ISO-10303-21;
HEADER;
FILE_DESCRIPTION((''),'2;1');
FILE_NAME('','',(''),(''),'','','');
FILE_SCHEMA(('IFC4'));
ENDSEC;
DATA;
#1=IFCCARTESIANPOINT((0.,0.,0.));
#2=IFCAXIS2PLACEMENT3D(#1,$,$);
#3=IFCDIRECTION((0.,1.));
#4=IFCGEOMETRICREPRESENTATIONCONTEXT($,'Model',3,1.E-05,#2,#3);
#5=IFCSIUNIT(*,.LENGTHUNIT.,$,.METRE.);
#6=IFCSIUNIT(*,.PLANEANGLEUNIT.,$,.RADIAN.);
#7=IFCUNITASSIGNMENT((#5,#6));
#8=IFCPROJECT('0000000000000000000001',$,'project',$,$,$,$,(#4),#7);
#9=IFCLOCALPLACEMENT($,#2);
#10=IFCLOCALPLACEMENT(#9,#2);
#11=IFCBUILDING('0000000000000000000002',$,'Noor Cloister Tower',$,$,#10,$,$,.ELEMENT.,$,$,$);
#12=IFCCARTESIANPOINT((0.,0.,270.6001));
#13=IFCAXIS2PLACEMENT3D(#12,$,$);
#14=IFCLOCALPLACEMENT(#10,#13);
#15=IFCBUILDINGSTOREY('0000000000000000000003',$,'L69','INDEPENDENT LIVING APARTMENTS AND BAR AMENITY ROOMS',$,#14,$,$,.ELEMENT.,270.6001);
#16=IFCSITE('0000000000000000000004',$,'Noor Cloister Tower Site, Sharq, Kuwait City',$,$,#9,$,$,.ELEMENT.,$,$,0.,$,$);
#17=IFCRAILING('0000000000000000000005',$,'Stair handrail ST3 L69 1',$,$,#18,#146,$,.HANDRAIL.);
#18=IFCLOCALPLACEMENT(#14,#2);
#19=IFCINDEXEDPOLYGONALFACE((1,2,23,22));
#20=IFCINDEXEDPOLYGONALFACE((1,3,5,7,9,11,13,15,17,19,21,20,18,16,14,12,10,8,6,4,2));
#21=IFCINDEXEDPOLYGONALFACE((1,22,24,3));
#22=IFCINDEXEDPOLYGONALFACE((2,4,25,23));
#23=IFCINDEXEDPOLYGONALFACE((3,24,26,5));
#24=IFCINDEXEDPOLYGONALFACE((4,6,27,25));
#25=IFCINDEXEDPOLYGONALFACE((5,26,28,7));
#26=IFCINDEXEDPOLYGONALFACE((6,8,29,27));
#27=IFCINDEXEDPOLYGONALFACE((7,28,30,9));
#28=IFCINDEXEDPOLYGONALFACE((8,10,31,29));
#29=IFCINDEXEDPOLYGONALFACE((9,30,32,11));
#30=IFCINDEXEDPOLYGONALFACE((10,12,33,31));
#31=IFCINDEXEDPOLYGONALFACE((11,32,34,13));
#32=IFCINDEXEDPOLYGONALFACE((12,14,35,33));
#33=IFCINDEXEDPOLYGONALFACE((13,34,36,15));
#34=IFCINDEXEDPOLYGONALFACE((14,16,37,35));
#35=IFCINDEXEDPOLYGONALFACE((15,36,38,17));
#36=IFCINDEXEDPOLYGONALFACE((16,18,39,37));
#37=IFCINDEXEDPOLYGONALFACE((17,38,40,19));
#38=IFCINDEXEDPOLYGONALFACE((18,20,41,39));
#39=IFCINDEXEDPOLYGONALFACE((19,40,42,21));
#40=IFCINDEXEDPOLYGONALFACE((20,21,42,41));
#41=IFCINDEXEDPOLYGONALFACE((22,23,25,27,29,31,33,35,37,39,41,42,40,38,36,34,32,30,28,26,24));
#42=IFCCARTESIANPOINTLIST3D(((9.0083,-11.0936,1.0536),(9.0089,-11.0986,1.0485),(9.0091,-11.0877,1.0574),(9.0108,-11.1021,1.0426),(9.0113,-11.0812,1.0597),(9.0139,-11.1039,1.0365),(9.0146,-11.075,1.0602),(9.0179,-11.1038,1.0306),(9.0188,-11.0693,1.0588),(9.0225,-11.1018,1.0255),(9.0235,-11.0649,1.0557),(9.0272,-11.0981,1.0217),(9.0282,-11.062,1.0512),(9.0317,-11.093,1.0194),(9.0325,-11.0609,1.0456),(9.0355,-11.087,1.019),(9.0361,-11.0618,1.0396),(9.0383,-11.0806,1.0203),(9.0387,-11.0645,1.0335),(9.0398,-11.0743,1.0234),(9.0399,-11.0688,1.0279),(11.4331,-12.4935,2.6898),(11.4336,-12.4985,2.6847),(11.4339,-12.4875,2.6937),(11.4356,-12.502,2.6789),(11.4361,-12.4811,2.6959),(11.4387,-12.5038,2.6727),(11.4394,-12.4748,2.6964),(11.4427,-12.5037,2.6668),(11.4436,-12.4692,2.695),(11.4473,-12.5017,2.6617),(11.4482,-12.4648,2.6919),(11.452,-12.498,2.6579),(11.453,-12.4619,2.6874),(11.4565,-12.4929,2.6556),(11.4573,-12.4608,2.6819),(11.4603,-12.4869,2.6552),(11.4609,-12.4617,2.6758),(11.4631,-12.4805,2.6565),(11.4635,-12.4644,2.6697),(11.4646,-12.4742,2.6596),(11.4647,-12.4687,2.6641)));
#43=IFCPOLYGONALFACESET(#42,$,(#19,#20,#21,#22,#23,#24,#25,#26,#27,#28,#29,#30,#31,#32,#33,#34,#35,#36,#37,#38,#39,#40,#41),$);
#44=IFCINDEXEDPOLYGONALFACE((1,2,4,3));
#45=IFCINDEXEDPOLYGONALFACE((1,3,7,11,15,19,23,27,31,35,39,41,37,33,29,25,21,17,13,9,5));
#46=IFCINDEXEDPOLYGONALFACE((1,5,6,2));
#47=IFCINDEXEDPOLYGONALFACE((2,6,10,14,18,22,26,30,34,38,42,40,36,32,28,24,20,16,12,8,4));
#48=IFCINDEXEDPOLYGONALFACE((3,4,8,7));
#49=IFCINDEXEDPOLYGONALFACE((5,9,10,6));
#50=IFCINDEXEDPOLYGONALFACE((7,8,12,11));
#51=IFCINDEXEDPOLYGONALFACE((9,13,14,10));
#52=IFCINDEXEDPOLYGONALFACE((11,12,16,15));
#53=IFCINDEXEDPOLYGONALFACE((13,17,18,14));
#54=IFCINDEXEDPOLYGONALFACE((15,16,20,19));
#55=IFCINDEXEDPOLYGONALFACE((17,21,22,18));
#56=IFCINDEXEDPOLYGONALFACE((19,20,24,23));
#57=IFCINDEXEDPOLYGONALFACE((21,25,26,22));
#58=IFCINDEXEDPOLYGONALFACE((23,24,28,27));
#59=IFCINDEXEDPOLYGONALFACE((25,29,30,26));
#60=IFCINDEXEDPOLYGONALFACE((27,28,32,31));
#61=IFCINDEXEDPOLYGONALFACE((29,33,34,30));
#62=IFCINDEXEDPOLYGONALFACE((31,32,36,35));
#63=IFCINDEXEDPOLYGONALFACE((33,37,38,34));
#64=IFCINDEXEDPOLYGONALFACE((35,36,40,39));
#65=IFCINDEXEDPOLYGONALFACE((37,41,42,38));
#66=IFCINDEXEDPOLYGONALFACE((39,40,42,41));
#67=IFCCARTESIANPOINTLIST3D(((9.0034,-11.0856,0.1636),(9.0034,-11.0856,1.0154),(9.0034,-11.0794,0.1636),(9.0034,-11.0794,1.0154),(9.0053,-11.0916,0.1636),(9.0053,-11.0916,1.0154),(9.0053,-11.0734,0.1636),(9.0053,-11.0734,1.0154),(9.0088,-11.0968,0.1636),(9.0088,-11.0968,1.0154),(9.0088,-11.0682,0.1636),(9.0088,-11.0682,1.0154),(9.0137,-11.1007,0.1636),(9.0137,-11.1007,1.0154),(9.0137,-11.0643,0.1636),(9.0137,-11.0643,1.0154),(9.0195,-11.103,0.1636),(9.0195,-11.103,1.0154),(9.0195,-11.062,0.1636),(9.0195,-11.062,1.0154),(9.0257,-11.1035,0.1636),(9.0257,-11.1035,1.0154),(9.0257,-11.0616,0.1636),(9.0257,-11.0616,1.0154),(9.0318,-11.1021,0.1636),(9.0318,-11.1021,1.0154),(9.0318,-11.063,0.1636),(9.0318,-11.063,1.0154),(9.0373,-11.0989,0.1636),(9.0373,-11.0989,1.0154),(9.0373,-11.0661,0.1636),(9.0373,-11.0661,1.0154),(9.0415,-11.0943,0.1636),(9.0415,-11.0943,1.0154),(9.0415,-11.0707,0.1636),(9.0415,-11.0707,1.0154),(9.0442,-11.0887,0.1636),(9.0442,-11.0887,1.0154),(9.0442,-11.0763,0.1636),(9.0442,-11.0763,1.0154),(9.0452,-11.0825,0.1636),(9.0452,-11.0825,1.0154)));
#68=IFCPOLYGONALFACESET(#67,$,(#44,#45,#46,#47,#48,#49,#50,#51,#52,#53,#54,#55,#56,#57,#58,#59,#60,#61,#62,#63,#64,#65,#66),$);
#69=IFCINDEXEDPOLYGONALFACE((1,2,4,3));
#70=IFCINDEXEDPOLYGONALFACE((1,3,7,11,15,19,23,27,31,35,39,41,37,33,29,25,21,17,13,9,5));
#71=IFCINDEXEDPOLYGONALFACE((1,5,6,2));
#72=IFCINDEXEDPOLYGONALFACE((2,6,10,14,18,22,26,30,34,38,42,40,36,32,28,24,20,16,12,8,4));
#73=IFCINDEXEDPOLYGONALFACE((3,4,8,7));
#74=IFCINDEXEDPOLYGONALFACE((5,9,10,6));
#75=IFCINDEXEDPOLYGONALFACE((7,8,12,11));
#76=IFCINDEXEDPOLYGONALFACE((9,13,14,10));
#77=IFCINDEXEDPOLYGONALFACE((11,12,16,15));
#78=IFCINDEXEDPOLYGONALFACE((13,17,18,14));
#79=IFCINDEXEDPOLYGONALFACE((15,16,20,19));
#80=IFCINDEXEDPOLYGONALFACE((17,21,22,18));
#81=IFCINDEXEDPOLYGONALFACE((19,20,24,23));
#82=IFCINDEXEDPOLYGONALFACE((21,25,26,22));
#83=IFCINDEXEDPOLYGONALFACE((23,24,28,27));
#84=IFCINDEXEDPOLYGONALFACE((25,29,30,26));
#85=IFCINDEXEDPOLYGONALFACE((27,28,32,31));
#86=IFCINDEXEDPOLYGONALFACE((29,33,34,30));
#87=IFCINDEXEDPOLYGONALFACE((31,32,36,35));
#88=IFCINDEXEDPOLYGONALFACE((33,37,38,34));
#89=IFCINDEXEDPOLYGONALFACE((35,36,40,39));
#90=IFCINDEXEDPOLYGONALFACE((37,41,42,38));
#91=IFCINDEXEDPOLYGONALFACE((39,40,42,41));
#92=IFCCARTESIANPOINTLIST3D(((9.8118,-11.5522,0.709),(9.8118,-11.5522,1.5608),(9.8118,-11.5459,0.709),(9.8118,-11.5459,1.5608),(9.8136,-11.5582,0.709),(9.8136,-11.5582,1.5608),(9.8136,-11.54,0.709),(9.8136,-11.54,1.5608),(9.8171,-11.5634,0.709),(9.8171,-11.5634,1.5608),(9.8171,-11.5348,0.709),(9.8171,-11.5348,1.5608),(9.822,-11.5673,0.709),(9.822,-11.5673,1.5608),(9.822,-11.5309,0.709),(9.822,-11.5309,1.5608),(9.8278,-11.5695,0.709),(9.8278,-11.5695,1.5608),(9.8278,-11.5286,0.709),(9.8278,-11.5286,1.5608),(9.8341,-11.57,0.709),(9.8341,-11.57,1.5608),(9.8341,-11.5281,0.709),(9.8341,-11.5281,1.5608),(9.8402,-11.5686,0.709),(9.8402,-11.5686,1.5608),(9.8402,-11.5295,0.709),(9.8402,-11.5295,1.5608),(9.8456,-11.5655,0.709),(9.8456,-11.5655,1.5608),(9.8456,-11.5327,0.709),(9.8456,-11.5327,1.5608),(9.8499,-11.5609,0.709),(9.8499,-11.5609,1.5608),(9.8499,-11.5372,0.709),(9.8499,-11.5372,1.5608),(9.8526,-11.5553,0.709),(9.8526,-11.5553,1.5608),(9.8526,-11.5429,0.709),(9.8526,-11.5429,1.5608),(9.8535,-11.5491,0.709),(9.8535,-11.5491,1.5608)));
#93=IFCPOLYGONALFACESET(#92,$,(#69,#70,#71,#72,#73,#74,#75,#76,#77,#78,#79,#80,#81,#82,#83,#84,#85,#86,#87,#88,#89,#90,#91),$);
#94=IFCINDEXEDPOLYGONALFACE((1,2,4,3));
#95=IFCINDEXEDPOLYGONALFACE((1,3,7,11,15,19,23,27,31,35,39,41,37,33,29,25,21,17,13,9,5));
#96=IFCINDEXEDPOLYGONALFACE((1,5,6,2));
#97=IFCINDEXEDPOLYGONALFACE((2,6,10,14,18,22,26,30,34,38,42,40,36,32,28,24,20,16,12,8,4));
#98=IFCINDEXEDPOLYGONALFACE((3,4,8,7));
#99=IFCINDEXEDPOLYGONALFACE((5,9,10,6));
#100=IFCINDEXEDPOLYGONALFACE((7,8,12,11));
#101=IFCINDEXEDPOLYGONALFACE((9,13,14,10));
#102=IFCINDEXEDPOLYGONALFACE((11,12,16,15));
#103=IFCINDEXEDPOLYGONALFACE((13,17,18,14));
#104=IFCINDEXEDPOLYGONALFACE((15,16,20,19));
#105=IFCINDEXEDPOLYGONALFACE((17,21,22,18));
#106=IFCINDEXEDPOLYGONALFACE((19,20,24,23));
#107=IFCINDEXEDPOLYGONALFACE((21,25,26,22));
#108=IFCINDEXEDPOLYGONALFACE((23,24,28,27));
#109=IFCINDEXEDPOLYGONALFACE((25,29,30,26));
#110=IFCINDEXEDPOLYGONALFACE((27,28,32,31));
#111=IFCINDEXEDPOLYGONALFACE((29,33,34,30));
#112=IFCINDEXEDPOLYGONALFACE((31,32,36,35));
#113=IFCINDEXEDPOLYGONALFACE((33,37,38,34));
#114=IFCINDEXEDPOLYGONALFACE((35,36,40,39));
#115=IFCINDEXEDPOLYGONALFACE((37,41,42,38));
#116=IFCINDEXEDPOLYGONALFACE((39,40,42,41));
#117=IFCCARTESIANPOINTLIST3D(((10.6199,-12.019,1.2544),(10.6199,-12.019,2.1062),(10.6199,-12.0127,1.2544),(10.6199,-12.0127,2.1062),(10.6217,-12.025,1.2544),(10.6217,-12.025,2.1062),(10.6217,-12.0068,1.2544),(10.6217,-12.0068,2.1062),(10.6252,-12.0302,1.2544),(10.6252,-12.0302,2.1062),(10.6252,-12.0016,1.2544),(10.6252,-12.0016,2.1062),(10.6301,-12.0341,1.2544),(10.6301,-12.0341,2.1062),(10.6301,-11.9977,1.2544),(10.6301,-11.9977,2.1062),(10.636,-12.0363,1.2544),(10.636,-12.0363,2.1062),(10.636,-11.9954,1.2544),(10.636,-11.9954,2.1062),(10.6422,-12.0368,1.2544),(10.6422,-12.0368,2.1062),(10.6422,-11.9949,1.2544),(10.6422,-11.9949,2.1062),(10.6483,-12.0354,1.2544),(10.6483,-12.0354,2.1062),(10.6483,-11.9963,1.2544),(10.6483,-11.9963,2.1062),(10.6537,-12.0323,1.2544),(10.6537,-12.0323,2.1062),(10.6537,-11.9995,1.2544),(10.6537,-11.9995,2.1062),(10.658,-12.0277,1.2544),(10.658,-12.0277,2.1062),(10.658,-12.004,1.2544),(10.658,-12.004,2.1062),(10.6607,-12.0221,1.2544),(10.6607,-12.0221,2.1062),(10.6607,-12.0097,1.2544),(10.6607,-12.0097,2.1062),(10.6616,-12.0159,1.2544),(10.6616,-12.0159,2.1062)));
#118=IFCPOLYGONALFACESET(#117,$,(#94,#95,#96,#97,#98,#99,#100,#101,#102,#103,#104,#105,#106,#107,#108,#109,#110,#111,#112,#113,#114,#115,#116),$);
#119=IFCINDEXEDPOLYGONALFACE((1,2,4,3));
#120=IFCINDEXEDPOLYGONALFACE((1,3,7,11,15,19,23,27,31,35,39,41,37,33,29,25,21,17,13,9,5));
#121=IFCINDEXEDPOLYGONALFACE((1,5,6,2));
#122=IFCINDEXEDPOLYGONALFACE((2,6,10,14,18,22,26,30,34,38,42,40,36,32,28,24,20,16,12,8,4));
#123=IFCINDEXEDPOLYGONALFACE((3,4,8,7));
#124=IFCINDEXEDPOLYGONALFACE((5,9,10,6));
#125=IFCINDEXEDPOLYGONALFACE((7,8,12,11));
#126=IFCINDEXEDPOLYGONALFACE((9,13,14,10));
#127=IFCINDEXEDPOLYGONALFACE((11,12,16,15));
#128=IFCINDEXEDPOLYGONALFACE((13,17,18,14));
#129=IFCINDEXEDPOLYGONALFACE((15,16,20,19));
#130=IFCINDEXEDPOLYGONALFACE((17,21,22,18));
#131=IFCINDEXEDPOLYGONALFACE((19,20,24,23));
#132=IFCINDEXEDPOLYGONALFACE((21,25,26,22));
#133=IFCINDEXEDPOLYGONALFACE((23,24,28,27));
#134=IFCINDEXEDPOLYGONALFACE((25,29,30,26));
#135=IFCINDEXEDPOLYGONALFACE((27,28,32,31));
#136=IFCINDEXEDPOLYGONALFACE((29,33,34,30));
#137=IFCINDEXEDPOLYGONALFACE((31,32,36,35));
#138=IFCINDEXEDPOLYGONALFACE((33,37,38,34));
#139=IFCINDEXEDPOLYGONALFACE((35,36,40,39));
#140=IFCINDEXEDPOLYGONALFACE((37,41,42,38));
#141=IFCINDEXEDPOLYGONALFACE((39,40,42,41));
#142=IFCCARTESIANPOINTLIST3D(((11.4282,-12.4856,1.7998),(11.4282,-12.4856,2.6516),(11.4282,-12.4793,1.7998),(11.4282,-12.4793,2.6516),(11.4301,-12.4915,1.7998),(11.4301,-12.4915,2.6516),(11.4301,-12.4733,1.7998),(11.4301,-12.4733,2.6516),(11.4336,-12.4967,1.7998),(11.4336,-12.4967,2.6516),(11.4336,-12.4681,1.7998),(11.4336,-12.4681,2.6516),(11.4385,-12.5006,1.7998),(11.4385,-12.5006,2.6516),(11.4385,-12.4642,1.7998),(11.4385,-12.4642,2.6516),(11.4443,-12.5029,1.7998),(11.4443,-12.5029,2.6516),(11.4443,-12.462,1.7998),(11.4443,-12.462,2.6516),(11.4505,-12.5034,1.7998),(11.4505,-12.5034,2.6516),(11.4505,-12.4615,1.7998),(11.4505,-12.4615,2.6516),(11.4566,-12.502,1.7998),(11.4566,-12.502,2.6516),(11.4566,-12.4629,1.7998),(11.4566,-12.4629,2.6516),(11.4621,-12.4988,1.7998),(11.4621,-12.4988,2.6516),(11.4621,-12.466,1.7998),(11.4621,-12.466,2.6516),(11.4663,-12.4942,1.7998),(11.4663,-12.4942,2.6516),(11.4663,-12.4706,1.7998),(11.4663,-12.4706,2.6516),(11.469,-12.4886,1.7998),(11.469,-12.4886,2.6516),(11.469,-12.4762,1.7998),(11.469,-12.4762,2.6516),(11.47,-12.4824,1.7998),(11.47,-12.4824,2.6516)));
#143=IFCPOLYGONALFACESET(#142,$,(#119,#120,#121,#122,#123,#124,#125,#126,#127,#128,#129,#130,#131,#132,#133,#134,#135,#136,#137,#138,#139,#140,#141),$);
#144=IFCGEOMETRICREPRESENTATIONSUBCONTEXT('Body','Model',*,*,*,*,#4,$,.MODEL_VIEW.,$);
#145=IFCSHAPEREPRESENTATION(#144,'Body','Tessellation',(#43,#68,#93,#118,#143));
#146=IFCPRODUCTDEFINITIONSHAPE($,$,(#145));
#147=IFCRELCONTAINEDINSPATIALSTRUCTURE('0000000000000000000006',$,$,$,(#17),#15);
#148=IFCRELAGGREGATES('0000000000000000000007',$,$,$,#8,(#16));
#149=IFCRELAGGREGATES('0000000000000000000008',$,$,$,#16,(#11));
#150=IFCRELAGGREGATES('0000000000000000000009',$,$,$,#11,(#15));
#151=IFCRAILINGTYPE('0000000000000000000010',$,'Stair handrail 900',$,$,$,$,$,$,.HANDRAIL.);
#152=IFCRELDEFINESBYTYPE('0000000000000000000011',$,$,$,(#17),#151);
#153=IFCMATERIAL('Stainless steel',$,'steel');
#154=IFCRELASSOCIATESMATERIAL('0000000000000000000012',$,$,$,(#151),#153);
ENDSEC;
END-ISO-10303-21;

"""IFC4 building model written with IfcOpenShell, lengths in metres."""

from ifc_helpers import new_model, si_unit, direction, frame, origin, origin_2d, place, context, subcontext, project, spatial, circle, extrude, material, type_object, element, save


model = new_model("IFC4")

# Units and contexts
model_context = context("Model", 3, precision=1e-05, world=origin(), true_north=direction((0.0, 1.0)))
body_context = subcontext(model_context, "Body", "Model", "MODEL_VIEW")
ifc_project = project(units=[si_unit("LENGTHUNIT", "METRE"), si_unit("PLANEANGLEUNIT", "RADIAN")], contexts=[model_context])

# Site, building, storey
site_placement = place(None, origin())
site = spatial("IfcSite", under=ifc_project, at=site_placement, Name="Noor Cloister Tower Site, Sharq, Kuwait City", CompositionType="ELEMENT", RefElevation=0.0)
building_placement = place(site_placement, origin())
building = spatial("IfcBuilding", under=site, at=building_placement, Name="Noor Cloister Tower", CompositionType="ELEMENT")
storey_placement = place(building_placement, frame((0.0, 0.0, 270.6001)))
storey = spatial("IfcBuildingStorey", under=building, at=storey_placement, Name="L69", Description="INDEPENDENT LIVING APARTMENTS AND BAR AMENITY ROOMS", CompositionType="ELEMENT", Elevation=270.6001)

# Railing
ifc_material_1 = material(Name="Stainless steel", Category="steel")
railing_type = type_object("IfcRailingType", Name="Stair handrail 900", PredefinedType="HANDRAIL", material=ifc_material_1)
railing_placement = place(storey_placement, frame((9.0242, -11.0825, 0.1636)))
element("IfcRailing", 1, at=railing_placement, inside=storey, type_object=railing_type, Name="Stair handrail ST3 L69 1", PredefinedType="HANDRAIL", context=body_context, shape_type="SweptSolid", body=[
    extrude(circle(Radius=0.0239, at=origin_2d()), frame((0.0, 0.0, 0.876), z_axis=(0.747718, -0.431677, 0.504552), x_axis=(0.499984, 0.866035, 0.0)), (0.0, 0.0, 1.0), 3.2429),
    extrude(circle(Radius=0.021, at=origin_2d()), origin(), (0.0, 0.0, 1.0), 0.8518),
    extrude(circle(Radius=0.021, at=origin_2d()), frame((0.8083, -0.4666, 0.5454)), (0.0, 0.0, 1.0), 0.8518),
    extrude(circle(Radius=0.021, at=origin_2d()), frame((1.6165, -0.9333, 1.0908)), (0.0, 0.0, 1.0), 0.8518),
    extrude(circle(Radius=0.021, at=origin_2d()), frame((2.4248, -1.3999, 1.6362)), (0.0, 0.0, 1.0), 0.8518),
])

save(model, "model.ifc")
